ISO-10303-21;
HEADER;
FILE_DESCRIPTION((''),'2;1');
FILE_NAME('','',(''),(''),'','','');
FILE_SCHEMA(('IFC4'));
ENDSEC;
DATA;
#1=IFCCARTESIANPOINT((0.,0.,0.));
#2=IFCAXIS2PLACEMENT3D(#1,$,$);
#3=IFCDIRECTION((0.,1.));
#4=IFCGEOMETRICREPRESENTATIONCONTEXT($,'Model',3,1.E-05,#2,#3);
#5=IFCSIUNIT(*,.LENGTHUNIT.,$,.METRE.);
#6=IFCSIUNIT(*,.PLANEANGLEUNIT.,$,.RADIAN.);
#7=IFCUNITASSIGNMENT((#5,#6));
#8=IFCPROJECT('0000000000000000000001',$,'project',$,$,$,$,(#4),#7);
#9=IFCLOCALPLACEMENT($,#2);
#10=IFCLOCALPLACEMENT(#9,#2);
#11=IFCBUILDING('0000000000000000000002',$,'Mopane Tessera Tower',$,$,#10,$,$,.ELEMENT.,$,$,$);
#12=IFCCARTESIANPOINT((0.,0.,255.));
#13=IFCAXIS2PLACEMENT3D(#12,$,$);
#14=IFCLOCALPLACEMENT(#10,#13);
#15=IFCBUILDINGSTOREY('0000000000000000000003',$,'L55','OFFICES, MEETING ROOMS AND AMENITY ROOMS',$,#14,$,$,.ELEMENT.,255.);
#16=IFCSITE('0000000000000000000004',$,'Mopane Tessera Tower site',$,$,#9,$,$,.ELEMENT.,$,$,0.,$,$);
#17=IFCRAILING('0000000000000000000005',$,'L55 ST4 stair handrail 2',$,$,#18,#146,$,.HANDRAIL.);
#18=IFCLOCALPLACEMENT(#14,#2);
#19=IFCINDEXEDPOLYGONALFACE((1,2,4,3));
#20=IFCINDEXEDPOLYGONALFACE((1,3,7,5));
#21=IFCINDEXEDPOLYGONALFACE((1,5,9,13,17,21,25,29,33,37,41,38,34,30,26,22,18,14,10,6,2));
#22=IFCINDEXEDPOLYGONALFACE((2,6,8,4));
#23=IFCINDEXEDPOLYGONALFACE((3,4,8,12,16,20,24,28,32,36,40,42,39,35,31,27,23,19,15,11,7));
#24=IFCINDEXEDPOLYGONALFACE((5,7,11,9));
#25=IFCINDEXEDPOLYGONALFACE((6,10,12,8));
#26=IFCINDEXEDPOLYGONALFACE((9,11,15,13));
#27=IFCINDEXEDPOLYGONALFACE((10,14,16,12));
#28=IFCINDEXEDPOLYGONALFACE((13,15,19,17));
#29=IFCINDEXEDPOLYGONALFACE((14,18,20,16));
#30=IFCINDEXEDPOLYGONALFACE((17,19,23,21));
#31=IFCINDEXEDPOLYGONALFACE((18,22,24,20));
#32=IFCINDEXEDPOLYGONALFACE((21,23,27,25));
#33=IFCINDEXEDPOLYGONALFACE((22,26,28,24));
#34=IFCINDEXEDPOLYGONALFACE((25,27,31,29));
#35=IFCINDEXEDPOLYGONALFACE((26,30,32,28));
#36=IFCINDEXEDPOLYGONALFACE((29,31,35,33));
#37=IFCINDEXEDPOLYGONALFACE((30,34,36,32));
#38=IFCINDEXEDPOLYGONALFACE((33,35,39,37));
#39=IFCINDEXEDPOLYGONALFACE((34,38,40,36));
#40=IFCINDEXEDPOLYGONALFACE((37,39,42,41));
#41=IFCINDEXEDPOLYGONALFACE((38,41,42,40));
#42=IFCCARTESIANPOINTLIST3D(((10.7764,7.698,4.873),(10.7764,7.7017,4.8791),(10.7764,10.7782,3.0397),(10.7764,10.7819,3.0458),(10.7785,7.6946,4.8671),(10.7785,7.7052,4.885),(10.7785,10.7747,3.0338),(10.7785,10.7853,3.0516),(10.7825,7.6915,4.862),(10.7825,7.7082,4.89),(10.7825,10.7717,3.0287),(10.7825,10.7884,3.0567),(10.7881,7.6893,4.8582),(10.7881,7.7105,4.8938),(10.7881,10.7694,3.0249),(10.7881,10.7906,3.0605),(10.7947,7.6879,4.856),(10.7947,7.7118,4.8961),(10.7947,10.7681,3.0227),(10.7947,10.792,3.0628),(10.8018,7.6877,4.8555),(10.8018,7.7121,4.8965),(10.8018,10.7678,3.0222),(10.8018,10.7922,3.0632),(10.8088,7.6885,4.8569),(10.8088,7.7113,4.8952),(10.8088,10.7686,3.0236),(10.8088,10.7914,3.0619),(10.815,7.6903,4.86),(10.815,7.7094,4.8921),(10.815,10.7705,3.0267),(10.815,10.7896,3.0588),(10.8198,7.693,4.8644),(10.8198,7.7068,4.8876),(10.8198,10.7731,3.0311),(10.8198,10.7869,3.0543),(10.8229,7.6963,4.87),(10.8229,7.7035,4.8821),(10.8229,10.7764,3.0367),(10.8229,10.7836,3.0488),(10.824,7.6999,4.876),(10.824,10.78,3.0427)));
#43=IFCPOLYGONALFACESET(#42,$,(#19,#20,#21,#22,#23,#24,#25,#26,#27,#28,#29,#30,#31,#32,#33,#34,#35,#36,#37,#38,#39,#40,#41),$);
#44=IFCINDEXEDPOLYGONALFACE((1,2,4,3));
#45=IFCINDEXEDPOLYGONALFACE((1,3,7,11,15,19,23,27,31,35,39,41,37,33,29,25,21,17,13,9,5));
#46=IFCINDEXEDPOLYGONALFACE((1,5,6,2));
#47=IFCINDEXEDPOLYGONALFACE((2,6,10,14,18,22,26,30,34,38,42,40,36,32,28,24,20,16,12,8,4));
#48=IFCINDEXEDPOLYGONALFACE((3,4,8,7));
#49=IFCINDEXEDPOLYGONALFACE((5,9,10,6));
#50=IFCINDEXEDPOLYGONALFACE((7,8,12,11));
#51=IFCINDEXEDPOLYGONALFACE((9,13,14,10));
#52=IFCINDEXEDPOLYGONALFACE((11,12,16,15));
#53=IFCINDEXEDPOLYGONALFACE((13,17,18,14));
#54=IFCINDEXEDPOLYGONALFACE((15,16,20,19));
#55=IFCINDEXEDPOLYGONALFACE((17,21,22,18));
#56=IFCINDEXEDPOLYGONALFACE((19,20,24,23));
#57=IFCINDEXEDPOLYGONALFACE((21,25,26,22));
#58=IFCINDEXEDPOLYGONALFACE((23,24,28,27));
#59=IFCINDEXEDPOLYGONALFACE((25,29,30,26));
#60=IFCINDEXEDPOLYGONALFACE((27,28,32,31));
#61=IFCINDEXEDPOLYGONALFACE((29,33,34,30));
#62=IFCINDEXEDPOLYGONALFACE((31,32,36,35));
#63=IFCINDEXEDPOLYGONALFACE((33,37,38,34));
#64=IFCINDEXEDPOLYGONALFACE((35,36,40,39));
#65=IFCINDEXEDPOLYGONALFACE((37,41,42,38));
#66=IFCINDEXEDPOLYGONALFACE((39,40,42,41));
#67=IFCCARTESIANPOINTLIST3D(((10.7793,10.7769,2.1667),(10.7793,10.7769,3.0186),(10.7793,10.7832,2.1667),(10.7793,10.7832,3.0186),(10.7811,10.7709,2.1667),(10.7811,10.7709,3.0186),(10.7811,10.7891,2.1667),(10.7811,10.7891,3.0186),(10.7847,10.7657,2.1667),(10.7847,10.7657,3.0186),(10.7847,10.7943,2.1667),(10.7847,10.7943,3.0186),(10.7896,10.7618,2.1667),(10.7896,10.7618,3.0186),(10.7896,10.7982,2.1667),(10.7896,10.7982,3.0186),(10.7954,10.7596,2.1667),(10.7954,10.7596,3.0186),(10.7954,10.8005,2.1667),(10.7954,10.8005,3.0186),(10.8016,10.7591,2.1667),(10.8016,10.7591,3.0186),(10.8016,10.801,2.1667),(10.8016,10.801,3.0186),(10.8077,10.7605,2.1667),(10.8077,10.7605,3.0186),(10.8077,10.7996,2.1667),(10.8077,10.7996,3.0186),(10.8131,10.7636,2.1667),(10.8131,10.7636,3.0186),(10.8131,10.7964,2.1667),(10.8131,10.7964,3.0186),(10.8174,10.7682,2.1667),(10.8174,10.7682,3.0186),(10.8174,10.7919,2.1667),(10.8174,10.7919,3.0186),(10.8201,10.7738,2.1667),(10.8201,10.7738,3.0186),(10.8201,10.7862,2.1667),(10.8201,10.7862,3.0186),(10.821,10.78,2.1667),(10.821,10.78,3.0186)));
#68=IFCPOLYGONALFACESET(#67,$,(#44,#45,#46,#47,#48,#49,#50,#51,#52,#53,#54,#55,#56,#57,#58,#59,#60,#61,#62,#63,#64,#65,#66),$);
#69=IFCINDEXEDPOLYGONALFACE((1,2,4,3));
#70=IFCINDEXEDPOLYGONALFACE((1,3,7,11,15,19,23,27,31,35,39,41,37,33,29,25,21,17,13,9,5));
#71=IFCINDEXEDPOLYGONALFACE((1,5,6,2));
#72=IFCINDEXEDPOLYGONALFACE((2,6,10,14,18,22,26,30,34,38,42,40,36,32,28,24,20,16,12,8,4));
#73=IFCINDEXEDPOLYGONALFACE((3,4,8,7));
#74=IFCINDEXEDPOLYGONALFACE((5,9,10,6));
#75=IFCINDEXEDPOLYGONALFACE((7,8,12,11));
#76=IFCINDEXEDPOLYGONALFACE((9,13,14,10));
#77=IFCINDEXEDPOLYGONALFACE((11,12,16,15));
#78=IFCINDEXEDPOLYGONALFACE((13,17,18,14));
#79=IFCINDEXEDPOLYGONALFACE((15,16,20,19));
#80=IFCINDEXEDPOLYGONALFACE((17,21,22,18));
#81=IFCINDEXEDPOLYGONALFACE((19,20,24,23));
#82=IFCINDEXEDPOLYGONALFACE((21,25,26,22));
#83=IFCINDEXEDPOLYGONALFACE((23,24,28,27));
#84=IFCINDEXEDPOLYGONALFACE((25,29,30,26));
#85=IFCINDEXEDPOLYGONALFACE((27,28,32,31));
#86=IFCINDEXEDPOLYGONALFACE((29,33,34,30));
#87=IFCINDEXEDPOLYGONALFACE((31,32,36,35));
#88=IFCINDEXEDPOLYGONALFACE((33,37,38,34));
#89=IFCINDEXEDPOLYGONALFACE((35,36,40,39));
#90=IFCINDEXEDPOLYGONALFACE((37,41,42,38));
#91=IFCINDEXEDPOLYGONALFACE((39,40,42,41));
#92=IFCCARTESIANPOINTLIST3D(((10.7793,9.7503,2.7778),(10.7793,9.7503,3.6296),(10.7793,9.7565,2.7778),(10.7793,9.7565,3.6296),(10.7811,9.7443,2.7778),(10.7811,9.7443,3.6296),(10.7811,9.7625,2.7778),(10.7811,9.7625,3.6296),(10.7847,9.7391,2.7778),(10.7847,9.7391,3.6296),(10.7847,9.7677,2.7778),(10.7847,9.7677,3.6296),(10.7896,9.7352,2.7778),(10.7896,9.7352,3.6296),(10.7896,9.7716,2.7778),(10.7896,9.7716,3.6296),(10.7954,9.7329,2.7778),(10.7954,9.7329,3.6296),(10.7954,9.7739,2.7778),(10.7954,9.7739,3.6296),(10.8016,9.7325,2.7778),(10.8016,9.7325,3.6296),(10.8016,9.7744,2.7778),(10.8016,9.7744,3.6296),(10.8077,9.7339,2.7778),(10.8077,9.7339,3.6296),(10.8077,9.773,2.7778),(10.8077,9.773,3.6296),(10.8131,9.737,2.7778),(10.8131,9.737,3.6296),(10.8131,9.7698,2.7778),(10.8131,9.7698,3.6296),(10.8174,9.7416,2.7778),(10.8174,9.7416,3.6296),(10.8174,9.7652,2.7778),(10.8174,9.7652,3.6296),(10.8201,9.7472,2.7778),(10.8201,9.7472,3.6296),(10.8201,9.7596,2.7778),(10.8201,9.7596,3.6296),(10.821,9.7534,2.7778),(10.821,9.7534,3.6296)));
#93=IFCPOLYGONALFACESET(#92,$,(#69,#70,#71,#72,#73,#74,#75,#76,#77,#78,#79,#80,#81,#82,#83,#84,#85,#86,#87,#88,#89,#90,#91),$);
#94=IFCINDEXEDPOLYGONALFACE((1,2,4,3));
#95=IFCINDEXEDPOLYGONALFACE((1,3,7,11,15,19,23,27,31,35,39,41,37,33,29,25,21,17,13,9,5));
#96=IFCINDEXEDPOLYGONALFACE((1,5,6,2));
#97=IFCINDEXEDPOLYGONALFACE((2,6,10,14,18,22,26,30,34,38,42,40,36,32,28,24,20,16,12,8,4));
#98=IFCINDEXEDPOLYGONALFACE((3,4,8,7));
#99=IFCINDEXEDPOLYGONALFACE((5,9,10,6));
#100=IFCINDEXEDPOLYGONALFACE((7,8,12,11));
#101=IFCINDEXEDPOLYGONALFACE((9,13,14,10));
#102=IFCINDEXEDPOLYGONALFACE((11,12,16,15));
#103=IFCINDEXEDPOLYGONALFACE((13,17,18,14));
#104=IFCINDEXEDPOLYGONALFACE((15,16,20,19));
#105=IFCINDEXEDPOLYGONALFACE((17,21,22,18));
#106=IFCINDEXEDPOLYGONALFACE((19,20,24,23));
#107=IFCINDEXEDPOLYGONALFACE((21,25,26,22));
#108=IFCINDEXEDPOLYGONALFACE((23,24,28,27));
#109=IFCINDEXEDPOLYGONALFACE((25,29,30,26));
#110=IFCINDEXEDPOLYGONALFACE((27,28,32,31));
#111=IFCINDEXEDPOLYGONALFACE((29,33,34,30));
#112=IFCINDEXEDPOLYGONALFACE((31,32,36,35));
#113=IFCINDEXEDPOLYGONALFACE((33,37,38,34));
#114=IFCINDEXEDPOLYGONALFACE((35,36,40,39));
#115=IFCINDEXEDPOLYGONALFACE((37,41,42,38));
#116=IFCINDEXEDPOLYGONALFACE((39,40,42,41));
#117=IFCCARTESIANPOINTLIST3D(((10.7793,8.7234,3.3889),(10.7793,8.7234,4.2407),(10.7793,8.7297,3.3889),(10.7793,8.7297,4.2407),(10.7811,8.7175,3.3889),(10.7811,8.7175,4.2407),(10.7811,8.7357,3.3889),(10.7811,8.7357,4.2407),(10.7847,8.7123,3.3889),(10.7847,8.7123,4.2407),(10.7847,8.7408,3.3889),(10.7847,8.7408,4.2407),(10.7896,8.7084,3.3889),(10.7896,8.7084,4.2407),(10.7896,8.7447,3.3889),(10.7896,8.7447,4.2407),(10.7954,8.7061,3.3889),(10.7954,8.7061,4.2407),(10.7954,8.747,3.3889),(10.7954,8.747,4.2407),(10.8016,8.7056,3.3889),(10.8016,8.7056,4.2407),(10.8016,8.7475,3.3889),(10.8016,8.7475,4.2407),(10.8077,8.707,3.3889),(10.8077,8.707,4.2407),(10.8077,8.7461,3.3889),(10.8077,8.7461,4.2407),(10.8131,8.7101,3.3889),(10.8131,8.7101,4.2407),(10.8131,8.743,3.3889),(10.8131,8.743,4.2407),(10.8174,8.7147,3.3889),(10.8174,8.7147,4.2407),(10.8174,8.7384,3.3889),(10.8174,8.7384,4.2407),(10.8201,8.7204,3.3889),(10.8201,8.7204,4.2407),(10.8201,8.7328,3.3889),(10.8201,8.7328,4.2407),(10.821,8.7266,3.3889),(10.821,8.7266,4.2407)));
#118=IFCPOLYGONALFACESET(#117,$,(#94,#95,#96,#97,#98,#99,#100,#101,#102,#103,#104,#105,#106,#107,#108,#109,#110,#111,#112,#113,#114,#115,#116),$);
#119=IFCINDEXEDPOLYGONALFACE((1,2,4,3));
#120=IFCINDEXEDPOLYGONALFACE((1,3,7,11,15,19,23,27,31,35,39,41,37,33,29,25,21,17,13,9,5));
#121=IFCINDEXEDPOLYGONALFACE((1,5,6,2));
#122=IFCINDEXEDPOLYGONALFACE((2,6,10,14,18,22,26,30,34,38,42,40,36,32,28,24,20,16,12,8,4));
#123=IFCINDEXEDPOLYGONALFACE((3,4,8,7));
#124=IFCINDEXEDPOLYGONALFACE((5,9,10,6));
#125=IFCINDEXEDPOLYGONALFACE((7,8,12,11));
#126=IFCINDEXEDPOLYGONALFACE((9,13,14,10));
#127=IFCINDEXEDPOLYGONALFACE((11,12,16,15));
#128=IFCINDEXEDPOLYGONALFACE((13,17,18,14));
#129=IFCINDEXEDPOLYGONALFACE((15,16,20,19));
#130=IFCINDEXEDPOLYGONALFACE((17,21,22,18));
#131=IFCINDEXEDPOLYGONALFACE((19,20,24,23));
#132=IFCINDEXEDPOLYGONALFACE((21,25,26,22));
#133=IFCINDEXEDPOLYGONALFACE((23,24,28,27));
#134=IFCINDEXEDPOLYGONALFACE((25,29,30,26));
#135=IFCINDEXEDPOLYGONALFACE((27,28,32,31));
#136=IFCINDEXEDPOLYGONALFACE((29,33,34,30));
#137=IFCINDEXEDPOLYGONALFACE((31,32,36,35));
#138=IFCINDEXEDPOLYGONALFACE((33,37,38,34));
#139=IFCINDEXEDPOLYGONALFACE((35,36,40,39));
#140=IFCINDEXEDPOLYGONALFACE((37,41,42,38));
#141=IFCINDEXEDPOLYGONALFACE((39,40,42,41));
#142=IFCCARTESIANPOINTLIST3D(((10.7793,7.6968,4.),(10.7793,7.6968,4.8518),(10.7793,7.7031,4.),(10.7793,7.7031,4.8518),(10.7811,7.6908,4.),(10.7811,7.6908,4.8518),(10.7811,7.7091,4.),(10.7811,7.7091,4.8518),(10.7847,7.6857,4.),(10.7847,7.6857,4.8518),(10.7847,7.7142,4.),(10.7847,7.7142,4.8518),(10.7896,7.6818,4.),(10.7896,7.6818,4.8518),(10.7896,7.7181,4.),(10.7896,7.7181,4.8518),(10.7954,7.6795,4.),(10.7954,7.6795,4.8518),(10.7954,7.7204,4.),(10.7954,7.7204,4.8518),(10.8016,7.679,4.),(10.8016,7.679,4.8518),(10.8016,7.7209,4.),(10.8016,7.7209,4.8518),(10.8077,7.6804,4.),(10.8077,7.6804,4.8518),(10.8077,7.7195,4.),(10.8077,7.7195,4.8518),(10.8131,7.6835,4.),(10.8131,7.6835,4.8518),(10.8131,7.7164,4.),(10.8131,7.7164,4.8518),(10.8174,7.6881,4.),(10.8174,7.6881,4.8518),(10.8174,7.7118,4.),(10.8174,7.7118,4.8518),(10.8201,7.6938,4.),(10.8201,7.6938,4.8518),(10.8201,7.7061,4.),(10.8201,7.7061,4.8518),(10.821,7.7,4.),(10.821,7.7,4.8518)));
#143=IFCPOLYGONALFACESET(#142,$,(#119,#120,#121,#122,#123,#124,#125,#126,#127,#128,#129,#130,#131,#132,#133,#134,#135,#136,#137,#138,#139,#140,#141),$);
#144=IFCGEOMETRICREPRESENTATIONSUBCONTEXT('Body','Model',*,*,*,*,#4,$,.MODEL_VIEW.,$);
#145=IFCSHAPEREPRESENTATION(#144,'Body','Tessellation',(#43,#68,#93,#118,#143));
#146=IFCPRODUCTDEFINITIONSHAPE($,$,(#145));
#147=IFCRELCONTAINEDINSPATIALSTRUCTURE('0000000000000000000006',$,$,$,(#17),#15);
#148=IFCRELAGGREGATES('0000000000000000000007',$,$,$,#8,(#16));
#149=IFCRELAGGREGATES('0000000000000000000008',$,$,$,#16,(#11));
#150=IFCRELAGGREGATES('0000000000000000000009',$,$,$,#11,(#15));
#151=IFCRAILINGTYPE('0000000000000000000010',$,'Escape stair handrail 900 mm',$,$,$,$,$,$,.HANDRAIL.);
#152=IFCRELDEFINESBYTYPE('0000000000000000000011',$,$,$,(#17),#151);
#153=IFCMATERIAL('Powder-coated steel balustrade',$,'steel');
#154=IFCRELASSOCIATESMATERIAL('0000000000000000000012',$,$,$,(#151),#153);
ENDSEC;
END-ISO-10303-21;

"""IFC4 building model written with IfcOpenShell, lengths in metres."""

from ifc_helpers import new_model, si_unit, direction, frame, origin, origin_2d, place, context, subcontext, project, spatial, circle, extrude, material, type_object, element, save


model = new_model("IFC4")

# Units and contexts
model_context = context("Model", 3, precision=1e-05, world=origin(), true_north=direction((0.0, 1.0)))
body_context = subcontext(model_context, "Body", "Model", "MODEL_VIEW")
ifc_project = project(units=[si_unit("LENGTHUNIT", "METRE"), si_unit("PLANEANGLEUNIT", "RADIAN")], contexts=[model_context])

# Site, building, storey
site_placement = place(None, origin())
site = spatial("IfcSite", under=ifc_project, at=site_placement, Name="Mopane Tessera Tower site", CompositionType="ELEMENT", RefElevation=0.0)
building_placement = place(site_placement, origin())
building = spatial("IfcBuilding", under=site, at=building_placement, Name="Mopane Tessera Tower", CompositionType="ELEMENT")
storey_placement = place(building_placement, frame((0.0, 0.0, 255.0)))
storey = spatial("IfcBuildingStorey", under=building, at=storey_placement, Name="L55", Description="OFFICES, MEETING ROOMS AND AMENITY ROOMS", CompositionType="ELEMENT", Elevation=255.0)

# Railing
ifc_material_1 = material(Name="Powder-coated steel balustrade", Category="steel")
railing_type_1 = type_object("IfcRailingType", Name="Escape stair handrail 900 mm", PredefinedType="HANDRAIL", material=ifc_material_1)
railing_1_placement = place(storey_placement, frame((10.8, 10.78, 2.1667)))
element("IfcRailing", 1, at=railing_1_placement, inside=storey, type_object=railing_type_1, Name="L55 ST4 stair handrail 2", PredefinedType="HANDRAIL", context=body_context, shape_type="SweptSolid", body=[
    extrude(circle(Radius=0.0239, at=origin_2d()), frame((0.0, 0.0, 0.876), z_axis=(0.0, -0.859309, 0.511458), x_axis=(1.0, 0.0, 0.0)), (0.0, 0.0, 1.0), 3.5845),
    extrude(circle(Radius=0.021, at=origin_2d()), origin(), (0.0, 0.0, 1.0), 0.8518),
    extrude(circle(Radius=0.021, at=origin_2d()), frame((0.0, -1.0266, 0.6111)), (0.0, 0.0, 1.0), 0.8518),
    extrude(circle(Radius=0.021, at=origin_2d()), frame((0.0, -2.0535, 1.2222)), (0.0, 0.0, 1.0), 0.8518),
    extrude(circle(Radius=0.021, at=origin_2d()), frame((0.0, -3.0801, 1.8333)), (0.0, 0.0, 1.0), 0.8518),
])

save(model, "model.ifc")
